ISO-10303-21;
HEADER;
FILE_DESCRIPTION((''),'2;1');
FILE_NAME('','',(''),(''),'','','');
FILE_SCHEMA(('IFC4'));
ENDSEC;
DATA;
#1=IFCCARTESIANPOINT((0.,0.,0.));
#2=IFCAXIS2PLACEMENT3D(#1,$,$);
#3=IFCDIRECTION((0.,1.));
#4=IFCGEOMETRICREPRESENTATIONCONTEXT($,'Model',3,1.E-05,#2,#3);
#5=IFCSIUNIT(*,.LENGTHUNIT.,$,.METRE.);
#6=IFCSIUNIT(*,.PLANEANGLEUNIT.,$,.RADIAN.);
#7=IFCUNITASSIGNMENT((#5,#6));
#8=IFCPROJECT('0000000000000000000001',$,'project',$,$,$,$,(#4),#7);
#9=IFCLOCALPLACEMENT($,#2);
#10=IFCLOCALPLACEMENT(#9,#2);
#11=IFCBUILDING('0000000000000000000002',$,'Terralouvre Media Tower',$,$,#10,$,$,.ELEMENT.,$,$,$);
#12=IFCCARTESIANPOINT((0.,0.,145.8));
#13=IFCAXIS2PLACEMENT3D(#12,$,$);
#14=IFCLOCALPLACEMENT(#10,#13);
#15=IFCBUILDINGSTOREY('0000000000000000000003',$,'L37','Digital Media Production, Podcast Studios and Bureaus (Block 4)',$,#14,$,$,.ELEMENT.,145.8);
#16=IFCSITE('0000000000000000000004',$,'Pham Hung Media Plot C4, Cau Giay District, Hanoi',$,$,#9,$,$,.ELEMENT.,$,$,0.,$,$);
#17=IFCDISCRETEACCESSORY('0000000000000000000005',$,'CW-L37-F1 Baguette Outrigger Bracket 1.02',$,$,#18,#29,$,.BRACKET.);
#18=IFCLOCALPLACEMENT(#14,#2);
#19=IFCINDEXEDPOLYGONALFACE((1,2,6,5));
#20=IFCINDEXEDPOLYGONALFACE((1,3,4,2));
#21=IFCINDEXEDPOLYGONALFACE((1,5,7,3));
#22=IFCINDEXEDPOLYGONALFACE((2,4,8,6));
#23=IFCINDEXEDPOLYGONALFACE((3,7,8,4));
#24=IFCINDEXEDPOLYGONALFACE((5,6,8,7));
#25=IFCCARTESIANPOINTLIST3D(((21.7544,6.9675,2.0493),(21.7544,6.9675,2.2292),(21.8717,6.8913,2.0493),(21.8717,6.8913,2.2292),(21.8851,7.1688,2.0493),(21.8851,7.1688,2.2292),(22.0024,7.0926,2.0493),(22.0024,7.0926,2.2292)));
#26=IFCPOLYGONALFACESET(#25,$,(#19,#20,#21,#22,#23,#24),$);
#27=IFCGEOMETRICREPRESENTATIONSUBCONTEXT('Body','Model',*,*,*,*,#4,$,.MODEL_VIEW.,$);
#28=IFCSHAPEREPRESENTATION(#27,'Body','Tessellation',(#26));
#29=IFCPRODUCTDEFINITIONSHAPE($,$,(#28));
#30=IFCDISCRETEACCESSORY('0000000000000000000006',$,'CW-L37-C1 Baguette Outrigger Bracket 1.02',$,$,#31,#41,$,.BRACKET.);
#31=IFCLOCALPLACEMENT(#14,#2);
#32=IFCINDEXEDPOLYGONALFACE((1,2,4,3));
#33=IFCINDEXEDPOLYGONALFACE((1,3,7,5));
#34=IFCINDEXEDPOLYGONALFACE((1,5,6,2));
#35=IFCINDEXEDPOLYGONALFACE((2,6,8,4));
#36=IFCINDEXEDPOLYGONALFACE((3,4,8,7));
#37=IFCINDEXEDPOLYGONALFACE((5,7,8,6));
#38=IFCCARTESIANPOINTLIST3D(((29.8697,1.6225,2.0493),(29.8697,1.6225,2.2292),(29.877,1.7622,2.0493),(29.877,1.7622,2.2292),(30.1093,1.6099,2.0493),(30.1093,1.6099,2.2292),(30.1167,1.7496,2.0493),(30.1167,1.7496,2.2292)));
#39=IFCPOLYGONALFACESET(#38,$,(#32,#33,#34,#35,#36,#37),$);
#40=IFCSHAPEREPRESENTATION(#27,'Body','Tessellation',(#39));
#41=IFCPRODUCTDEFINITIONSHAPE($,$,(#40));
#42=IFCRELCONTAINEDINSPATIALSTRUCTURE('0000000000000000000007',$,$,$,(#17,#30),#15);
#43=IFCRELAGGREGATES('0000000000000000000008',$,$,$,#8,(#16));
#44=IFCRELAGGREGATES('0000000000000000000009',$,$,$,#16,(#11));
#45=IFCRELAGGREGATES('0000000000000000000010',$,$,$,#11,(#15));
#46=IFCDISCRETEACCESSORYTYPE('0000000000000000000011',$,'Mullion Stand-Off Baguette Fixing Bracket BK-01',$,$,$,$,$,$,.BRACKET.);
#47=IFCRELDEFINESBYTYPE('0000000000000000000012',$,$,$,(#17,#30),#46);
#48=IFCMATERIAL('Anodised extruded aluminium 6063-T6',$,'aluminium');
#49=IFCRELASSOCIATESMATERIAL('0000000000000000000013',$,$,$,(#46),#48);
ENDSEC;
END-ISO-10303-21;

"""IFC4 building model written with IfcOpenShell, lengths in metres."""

from ifc_helpers import new_model, si_unit, direction, frame, origin, origin_2d, place, context, subcontext, project, spatial, rectangle, extrude, material, type_object, element, save


model = new_model("IFC4")

# Units and contexts
model_context = context("Model", 3, precision=1e-05, world=origin(), true_north=direction((0.0, 1.0)))
body_context = subcontext(model_context, "Body", "Model", "MODEL_VIEW")
ifc_project = project(units=[si_unit("LENGTHUNIT", "METRE"), si_unit("PLANEANGLEUNIT", "RADIAN")], contexts=[model_context])

# Site, building, storey
site_placement = place(None, origin())
site = spatial("IfcSite", under=ifc_project, at=site_placement, Name="Pham Hung Media Plot C4, Cau Giay District, Hanoi", CompositionType="ELEMENT", RefElevation=0.0)
building_placement = place(site_placement, origin())
building = spatial("IfcBuilding", under=site, at=building_placement, Name="Terralouvre Media Tower", CompositionType="ELEMENT")
storey_placement = place(building_placement, frame((0.0, 0.0, 145.8)))
storey = spatial("IfcBuildingStorey", under=building, at=storey_placement, Name="L37", Description="Digital Media Production, Podcast Studios and Bureaus (Block 4)", CompositionType="ELEMENT", Elevation=145.8)

# Discrete accessories
ifc_material_1 = material(Name="Anodised extruded aluminium 6063-T6", Category="aluminium")
discrete_accessory_type = type_object("IfcDiscreteAccessoryType", Name="Mullion Stand-Off Baguette Fixing Bracket BK-01", PredefinedType="BRACKET", material=ifc_material_1)
for number, where, z_axis, x_axis, name in (
    (1, (21.8784, 7.03, 2.0493), (0.0, 0.0, 1.0), (-0.838671, 0.544639, 0.0), "CW-L37-F1 Baguette Outrigger Bracket 1.02"),
    (2, (29.9932, 1.686, 2.0493), (0.0, 0.0, 1.0), (0.052337, 0.998629, 0.0), "CW-L37-C1 Baguette Outrigger Bracket 1.02"),
):
    element("IfcDiscreteAccessory", number, at=place(storey_placement, frame(where, z_axis=z_axis, x_axis=x_axis)), inside=storey, type_object=discrete_accessory_type, Name=name, PredefinedType="BRACKET", context=body_context, shape_type="SweptSolid", body=[
        extrude(rectangle(XDim=0.1399, YDim=0.24, at=origin_2d()), origin(), (0.0, 0.0, 1.0), 0.1799),
    ])

save(model, "model.ifc")
